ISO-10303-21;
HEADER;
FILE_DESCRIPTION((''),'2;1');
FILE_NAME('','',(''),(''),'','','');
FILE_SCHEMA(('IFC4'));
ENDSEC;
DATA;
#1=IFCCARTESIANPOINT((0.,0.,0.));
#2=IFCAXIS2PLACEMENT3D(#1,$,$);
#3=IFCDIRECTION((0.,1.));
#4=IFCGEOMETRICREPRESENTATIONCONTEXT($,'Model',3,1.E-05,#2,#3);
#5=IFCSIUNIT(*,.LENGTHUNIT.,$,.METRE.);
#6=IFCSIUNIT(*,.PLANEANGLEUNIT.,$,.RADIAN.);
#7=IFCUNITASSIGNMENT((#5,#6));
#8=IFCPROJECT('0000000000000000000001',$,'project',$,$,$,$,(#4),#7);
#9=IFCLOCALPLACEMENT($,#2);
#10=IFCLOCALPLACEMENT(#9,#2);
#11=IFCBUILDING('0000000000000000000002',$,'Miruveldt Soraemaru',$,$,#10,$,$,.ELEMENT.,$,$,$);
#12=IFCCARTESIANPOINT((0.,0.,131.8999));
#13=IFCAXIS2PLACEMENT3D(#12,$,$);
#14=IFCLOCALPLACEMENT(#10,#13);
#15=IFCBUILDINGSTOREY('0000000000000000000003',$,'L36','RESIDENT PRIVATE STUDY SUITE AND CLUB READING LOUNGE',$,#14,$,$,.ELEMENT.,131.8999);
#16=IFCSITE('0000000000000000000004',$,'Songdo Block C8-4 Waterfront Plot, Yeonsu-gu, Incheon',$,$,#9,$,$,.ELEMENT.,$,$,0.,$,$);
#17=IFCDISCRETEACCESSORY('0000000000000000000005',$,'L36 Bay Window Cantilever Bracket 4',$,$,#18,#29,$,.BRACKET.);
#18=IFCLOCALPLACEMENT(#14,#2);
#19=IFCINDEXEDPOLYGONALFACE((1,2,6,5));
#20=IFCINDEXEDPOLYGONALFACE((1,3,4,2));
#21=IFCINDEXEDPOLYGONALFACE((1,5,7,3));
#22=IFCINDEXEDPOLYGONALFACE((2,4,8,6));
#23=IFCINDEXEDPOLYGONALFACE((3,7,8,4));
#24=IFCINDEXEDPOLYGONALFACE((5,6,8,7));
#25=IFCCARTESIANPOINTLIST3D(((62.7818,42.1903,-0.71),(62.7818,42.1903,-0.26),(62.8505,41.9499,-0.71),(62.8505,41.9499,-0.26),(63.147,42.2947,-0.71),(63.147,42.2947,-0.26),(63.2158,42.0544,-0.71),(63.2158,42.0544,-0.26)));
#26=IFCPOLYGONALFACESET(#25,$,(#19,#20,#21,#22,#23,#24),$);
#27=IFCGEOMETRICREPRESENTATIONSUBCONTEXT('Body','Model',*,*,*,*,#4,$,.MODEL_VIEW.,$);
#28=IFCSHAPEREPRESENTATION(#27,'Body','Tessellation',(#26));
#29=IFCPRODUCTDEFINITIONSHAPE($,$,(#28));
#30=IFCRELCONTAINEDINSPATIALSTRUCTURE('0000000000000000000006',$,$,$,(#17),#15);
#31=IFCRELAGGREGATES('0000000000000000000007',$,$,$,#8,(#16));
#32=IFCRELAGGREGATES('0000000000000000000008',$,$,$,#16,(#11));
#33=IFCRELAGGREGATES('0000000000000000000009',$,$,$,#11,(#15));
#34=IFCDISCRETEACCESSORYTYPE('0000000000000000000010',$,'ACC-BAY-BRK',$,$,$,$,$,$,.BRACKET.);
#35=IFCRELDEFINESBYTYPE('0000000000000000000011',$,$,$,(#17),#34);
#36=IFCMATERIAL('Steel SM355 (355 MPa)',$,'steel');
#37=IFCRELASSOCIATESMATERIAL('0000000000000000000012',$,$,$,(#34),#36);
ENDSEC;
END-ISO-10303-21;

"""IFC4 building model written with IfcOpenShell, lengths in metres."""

from ifc_helpers import new_model, si_unit, direction, frame, origin, origin_2d, place, context, subcontext, project, spatial, rectangle, extrude, material, type_object, element, save


model = new_model("IFC4")

# Units and contexts
model_context = context("Model", 3, precision=1e-05, world=origin(), true_north=direction((0.0, 1.0)))
body_context = subcontext(model_context, "Body", "Model", "MODEL_VIEW")
ifc_project = project(units=[si_unit("LENGTHUNIT", "METRE"), si_unit("PLANEANGLEUNIT", "RADIAN")], contexts=[model_context])

# Site, building, storey
site_placement = place(None, origin())
site = spatial("IfcSite", under=ifc_project, at=site_placement, Name="Songdo Block C8-4 Waterfront Plot, Yeonsu-gu, Incheon", CompositionType="ELEMENT", RefElevation=0.0)
building_placement = place(site_placement, origin())
building = spatial("IfcBuilding", under=site, at=building_placement, Name="Miruveldt Soraemaru", CompositionType="ELEMENT")
storey_placement = place(building_placement, frame((0.0, 0.0, 131.8999)))
storey = spatial("IfcBuildingStorey", under=building, at=storey_placement, Name="L36", Description="RESIDENT PRIVATE STUDY SUITE AND CLUB READING LOUNGE", CompositionType="ELEMENT", Elevation=131.8999)

# Shared definitions
ifc_material_1 = material(Name="Steel SM355 (355 MPa)", Category="steel")

# Discrete accessory
discrete_accessory_type = type_object("IfcDiscreteAccessoryType", Name="ACC-BAY-BRK", PredefinedType="BRACKET", material=ifc_material_1)
discrete_accessory_placement = place(storey_placement, frame((62.9988, 42.1223, -0.71), z_axis=(0.0, 0.0, 1.0), x_axis=(0.961454, 0.274966, 0.0)))
element("IfcDiscreteAccessory", 1, at=discrete_accessory_placement, inside=storey, type_object=discrete_accessory_type, Name="L36 Bay Window Cantilever Bracket 4", PredefinedType="BRACKET", context=body_context, shape_type="SweptSolid", body=[
    extrude(rectangle(XDim=0.3799, YDim=0.25, at=origin_2d()), origin(), (0.0, 0.0, 1.0), 0.45),
])

save(model, "model.ifc")
